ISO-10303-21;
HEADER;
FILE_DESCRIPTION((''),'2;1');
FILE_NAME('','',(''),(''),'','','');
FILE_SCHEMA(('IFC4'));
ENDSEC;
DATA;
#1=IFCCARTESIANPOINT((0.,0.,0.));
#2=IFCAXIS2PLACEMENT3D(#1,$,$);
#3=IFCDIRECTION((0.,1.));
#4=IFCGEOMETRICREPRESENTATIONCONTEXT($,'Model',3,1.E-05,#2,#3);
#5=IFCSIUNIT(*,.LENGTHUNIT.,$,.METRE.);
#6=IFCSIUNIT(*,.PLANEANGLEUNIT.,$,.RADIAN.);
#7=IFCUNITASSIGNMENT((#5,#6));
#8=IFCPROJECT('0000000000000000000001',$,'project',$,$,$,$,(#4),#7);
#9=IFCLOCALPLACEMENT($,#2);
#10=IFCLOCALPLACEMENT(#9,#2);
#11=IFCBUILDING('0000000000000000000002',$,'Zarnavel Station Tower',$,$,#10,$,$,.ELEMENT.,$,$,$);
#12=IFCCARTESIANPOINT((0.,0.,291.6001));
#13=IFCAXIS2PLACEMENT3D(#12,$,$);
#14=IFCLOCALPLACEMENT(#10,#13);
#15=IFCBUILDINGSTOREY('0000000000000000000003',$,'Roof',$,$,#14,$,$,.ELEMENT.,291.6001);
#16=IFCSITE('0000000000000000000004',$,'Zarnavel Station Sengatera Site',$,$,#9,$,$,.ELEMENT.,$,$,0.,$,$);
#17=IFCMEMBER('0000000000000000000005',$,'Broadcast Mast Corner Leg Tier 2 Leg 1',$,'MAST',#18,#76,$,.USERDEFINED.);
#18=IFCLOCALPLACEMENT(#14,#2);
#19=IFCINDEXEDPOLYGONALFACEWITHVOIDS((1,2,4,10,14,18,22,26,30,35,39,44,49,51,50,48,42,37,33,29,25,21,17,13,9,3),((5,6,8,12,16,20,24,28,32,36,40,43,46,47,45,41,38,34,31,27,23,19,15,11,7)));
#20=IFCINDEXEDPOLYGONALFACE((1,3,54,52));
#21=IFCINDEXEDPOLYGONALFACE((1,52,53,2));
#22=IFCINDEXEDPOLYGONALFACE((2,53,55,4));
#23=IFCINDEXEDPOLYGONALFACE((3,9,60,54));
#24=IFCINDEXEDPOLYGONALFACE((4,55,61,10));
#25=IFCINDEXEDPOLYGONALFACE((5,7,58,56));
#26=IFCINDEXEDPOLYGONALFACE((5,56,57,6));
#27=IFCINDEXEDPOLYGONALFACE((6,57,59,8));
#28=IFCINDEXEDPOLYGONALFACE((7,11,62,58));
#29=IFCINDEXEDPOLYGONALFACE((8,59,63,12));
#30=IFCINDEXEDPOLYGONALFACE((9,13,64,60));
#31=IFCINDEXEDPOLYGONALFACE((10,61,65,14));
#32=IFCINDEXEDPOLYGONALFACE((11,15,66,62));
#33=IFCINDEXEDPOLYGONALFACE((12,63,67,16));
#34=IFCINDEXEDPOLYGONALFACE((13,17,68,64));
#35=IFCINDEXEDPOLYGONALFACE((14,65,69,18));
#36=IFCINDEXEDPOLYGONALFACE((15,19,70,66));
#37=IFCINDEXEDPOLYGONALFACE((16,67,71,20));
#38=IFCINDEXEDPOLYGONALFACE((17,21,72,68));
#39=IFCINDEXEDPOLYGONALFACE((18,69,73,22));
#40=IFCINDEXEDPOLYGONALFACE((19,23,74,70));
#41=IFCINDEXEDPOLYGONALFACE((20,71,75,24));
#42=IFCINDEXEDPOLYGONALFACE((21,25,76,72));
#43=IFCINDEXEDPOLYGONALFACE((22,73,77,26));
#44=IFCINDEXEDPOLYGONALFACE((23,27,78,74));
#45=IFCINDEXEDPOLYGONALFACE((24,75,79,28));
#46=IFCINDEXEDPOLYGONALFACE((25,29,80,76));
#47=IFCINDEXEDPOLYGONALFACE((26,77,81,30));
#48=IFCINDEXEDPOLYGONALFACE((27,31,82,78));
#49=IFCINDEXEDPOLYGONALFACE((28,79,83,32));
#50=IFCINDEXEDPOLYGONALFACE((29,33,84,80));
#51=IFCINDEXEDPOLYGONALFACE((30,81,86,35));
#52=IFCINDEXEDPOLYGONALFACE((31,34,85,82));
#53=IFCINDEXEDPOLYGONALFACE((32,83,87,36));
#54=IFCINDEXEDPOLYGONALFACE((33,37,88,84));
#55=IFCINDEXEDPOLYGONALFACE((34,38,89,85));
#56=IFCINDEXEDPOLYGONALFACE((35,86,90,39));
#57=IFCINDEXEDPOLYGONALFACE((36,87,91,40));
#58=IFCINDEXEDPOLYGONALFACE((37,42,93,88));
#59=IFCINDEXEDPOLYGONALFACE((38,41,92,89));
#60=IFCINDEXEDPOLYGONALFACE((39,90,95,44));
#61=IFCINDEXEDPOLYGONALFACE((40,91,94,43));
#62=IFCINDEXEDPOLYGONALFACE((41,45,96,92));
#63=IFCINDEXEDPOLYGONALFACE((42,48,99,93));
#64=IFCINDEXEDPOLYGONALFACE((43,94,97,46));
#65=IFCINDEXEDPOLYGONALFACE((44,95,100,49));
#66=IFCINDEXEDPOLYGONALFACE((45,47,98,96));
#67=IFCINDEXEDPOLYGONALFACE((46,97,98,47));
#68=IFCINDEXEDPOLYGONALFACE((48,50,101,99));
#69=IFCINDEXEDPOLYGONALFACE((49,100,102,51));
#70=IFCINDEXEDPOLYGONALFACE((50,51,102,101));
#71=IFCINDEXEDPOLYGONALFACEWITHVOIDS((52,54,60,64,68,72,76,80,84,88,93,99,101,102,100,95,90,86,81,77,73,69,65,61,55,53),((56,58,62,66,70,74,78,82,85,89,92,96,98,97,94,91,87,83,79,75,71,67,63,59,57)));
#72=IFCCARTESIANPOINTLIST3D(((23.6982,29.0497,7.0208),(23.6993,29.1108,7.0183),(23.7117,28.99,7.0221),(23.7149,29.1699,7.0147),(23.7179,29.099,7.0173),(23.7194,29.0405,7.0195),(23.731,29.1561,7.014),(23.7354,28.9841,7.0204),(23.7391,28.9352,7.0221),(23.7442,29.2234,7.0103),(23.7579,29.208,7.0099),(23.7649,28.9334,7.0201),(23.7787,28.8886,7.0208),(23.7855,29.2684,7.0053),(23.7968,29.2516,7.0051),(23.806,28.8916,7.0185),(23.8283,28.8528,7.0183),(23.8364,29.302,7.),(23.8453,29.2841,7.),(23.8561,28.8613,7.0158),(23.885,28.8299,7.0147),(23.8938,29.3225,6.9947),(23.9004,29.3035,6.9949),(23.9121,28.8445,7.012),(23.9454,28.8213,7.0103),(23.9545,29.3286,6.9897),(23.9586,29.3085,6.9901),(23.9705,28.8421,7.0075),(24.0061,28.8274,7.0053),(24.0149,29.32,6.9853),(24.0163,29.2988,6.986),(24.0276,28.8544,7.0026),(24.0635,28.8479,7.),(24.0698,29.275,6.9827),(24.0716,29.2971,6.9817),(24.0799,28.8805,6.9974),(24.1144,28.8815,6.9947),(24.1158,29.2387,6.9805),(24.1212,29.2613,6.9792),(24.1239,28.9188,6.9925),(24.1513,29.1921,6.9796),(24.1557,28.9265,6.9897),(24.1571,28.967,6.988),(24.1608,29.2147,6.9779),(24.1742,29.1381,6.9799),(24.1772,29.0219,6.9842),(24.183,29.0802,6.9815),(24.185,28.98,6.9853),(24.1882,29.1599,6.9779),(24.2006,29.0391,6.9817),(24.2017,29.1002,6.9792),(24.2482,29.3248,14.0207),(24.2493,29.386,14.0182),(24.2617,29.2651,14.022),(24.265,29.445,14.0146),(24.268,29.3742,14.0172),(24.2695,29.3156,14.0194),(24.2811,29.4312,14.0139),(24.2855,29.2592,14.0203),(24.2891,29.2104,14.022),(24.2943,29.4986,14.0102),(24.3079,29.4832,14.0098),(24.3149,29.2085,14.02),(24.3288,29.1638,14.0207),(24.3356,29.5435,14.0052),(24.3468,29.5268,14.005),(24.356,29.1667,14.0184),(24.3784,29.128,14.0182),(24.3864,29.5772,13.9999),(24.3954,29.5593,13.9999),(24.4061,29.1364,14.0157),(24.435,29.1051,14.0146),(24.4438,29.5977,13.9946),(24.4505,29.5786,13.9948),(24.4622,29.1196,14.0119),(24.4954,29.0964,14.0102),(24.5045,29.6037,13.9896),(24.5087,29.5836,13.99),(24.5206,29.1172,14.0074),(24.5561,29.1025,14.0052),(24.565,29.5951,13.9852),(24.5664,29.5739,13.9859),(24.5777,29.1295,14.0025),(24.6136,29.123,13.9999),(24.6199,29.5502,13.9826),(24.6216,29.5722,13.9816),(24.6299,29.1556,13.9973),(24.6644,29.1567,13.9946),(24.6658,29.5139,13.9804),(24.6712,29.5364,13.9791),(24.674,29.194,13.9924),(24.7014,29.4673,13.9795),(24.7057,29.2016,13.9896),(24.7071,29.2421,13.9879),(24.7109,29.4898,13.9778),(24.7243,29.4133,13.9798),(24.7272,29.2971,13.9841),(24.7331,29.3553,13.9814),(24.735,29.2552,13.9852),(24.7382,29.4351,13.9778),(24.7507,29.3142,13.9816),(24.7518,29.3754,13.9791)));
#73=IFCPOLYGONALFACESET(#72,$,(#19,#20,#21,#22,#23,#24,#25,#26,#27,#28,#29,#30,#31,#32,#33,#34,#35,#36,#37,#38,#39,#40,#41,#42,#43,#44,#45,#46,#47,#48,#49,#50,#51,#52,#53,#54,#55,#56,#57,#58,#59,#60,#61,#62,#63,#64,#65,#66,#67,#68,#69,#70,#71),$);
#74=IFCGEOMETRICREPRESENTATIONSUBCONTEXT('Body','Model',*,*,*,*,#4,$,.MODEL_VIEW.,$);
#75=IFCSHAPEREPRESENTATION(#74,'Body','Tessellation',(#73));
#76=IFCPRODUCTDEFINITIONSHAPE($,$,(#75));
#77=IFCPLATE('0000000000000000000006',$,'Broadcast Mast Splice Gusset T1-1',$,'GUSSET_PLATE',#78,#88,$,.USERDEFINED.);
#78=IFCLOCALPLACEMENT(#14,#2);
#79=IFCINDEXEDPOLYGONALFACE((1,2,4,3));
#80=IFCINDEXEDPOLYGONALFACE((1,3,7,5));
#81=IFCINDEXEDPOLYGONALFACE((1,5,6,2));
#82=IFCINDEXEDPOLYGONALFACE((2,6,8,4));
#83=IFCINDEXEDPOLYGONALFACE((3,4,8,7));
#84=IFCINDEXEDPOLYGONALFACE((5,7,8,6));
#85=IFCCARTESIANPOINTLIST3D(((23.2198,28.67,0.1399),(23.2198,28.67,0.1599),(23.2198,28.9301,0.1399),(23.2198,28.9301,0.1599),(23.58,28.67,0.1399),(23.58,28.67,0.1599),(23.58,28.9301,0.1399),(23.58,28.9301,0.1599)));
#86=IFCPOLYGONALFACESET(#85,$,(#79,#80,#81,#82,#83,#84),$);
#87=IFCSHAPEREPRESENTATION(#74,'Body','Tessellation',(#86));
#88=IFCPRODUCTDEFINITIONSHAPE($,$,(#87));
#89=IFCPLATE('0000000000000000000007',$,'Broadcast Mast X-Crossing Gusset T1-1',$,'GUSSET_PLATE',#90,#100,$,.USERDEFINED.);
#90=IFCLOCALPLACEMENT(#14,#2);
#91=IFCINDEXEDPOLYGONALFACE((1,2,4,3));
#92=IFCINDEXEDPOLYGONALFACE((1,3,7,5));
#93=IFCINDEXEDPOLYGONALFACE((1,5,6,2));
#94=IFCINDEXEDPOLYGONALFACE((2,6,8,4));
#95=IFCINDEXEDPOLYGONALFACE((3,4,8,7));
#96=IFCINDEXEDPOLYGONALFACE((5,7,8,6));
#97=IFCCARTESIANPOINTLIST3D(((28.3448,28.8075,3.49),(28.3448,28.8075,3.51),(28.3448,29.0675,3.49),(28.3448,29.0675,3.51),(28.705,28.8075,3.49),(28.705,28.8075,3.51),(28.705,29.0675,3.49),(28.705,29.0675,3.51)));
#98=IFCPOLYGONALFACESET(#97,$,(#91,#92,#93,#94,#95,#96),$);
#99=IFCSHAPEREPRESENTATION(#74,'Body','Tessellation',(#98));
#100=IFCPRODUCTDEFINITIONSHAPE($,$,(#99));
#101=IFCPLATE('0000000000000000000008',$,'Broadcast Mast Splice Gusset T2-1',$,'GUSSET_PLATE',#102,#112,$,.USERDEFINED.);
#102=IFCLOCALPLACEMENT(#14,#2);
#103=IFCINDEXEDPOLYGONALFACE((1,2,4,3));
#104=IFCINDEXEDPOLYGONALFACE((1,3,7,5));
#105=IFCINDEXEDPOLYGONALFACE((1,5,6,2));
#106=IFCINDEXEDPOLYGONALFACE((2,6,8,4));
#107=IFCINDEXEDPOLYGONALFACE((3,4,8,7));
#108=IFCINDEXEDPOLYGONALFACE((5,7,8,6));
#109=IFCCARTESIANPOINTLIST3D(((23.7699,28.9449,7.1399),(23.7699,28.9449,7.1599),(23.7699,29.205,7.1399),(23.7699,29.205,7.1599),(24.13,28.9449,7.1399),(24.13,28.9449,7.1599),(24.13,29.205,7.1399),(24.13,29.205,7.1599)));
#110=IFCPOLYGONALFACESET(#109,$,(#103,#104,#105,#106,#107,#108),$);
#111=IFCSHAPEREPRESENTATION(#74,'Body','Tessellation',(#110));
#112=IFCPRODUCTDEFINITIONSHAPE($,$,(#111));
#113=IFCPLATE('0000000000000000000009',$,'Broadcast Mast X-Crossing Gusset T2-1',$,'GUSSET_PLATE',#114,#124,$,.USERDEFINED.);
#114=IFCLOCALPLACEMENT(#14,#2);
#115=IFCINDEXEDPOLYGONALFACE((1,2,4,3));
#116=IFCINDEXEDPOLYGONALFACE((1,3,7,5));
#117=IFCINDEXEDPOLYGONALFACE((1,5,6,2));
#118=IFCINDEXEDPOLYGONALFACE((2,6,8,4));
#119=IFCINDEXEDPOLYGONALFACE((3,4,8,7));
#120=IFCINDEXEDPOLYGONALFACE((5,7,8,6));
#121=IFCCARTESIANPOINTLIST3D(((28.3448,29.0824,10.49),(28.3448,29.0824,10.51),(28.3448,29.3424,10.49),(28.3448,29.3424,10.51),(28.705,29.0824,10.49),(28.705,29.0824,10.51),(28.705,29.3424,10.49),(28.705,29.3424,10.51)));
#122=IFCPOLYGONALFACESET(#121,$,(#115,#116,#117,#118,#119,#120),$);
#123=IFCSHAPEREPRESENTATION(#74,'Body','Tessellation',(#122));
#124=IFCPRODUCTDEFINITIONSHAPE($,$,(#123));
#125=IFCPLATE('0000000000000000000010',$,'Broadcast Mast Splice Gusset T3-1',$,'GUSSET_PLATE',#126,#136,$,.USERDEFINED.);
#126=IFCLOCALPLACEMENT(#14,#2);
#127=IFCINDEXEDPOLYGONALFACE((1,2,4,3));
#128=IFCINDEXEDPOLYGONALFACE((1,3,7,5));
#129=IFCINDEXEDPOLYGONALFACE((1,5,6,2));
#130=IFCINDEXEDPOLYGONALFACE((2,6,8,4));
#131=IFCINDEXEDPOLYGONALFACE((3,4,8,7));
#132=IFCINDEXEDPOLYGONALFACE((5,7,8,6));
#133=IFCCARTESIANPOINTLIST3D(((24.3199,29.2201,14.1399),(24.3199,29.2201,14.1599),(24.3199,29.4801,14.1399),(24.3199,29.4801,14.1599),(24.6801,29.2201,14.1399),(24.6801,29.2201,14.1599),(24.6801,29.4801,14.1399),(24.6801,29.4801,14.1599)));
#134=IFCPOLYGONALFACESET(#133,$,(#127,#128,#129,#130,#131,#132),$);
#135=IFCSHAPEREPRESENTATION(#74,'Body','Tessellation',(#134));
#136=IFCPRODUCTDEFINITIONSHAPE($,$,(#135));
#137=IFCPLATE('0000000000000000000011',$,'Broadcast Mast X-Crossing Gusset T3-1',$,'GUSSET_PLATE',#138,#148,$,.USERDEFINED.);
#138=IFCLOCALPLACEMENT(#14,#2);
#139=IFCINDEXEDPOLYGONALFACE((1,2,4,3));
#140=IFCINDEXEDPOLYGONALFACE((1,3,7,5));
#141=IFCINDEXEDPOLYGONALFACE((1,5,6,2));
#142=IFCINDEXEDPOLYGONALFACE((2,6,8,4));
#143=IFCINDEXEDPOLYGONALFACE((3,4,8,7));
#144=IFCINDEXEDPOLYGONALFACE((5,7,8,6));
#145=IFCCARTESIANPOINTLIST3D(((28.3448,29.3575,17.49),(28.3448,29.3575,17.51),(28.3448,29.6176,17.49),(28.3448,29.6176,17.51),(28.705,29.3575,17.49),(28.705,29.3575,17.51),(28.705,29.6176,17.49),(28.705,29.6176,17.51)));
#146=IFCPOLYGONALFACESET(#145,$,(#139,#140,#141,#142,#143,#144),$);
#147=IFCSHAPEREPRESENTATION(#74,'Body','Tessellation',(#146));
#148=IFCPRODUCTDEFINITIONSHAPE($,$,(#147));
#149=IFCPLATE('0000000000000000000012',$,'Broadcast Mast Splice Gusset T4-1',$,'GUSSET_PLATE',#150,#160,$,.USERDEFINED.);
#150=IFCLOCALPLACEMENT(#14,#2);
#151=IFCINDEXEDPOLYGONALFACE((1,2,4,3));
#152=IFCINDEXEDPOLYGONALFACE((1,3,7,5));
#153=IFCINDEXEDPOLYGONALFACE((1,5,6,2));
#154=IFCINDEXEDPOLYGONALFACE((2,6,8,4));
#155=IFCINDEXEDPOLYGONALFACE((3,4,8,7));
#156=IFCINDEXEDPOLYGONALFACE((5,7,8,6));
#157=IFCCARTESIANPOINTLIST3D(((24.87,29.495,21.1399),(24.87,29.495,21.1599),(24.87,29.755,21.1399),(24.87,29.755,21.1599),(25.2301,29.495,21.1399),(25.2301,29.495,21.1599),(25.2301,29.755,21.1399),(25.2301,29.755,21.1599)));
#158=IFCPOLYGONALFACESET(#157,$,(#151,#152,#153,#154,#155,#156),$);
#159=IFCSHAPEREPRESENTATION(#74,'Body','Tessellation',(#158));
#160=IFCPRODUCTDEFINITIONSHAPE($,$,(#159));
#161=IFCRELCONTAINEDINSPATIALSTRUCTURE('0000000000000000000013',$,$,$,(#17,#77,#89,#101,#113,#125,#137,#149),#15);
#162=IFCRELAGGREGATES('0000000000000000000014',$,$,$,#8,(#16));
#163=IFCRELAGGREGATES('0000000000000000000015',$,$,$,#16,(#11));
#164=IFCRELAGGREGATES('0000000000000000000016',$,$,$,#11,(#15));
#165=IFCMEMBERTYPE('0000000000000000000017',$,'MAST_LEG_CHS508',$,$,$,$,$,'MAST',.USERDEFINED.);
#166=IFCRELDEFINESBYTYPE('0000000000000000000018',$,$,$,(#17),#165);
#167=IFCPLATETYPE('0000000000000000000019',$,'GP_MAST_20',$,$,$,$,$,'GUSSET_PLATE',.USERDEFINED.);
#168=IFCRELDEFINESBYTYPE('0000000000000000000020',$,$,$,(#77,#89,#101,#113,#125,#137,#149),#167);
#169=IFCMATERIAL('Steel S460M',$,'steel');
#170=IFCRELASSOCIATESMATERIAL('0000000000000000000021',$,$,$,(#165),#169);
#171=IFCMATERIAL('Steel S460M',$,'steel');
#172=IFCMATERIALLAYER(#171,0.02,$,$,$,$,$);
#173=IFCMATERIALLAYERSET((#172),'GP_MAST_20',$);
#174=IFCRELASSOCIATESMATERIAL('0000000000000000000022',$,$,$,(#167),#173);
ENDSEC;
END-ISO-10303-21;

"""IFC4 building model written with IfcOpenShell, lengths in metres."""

from ifc_helpers import new_model, si_unit, direction, frame, origin, origin_2d, place, context, subcontext, project, spatial, rectangle, hollow_circle, extrude, material, layer, layer_set, material_profile, profile_set, type_object, element, save


model = new_model("IFC4")

# Units and contexts
model_context = context("Model", 3, precision=1e-05, world=origin(), true_north=direction((0.0, 1.0)))
body_context = subcontext(model_context, "Body", "Model", "MODEL_VIEW")
ifc_project = project(units=[si_unit("LENGTHUNIT", "METRE"), si_unit("PLANEANGLEUNIT", "RADIAN")], contexts=[model_context])

# Site, building, storey
site_placement = place(None, origin())
site = spatial("IfcSite", under=ifc_project, at=site_placement, Name="Zarnavel Station Sengatera Site", CompositionType="ELEMENT", RefElevation=0.0)
building_placement = place(site_placement, origin())
building = spatial("IfcBuilding", under=site, at=building_placement, Name="Zarnavel Station Tower", CompositionType="ELEMENT")
storey_placement = place(building_placement, frame((0.0, 0.0, 291.6001)))
storey = spatial("IfcBuildingStorey", under=building, at=storey_placement, Name="Roof", CompositionType="ELEMENT", Elevation=291.6001)

# Member
ifc_material_1 = material(Name="Steel S460M", Category="steel")
ifc_material_profile_1 = material_profile(ifc_material_1, hollow_circle(Radius=0.2539, WallThickness=0.02, at=origin_2d()), Name="CHS508x20")
ifc_profile_set_1 = profile_set([ifc_material_profile_1], Name="Steel S460M")
member_type_1 = type_object("IfcMemberType", Name="MAST_LEG_CHS508", ElementType="MAST", PredefinedType="USERDEFINED", material=ifc_profile_set_1)
for number, where, z_axis, x_axis, name in (
    (1, (23.95, 29.075, 7.0), (0.078277, 0.039156, 0.996162), (-0.447372, 0.894348, 0.0), "Broadcast Mast Corner Leg Tier 2 Leg 1"),
):
    element("IfcMember", number, at=place(storey_placement, frame(where, z_axis=z_axis, x_axis=x_axis)), inside=storey, type_object=member_type_1, Name=name, ObjectType="MAST", PredefinedType="USERDEFINED", context=body_context, shape_type="SweptSolid", body=[
        extrude(hollow_circle(Radius=0.2539, WallThickness=0.02, at=origin_2d()), origin(), (0.0, 0.0, 1.0), 7.0269),
    ])

# Plates
ifc_material_2 = material(Name="Steel S460M", Category="steel")
ifc_layer_1 = layer(ifc_material_2, 0.02)
ifc_layer_set_1 = layer_set([ifc_layer_1], Name="GP_MAST_20")
plate_type = type_object("IfcPlateType", Name="GP_MAST_20", ElementType="GUSSET_PLATE", PredefinedType="USERDEFINED", material=ifc_layer_set_1)
for number, where, z_axis, x_axis, name in (
    (2, (23.3999, 28.8, 0.1399), (0.0, 0.0, 1.0), (1.0, 0.0, 0.0), "Broadcast Mast Splice Gusset T1-1"),
    (3, (28.5249, 28.9375, 3.49), (0.0, 0.0, 1.0), (1.0, 0.0, 0.0), "Broadcast Mast X-Crossing Gusset T1-1"),
    (4, (23.95, 29.075, 7.1399), (0.0, 0.0, 1.0), (1.0, 0.0, 0.0), "Broadcast Mast Splice Gusset T2-1"),
    (5, (28.5249, 29.2124, 10.49), (0.0, 0.0, 1.0), (1.0, 0.0, 0.0), "Broadcast Mast X-Crossing Gusset T2-1"),
    (6, (24.5, 29.3501, 14.1399), (0.0, 0.0, 1.0), (1.0, 0.0, 0.0), "Broadcast Mast Splice Gusset T3-1"),
    (7, (28.5249, 29.4875, 17.49), (0.0, 0.0, 1.0), (1.0, 0.0, 0.0), "Broadcast Mast X-Crossing Gusset T3-1"),
    (8, (25.05, 29.625, 21.1399), (0.0, 0.0, 1.0), (1.0, 0.0, 0.0), "Broadcast Mast Splice Gusset T4-1"),
):
    element("IfcPlate", number, at=place(storey_placement, frame(where, z_axis=z_axis, x_axis=x_axis)), inside=storey, type_object=plate_type, Name=name, ObjectType="GUSSET_PLATE", PredefinedType="USERDEFINED", context=body_context, shape_type="SweptSolid", body=[
        extrude(rectangle(XDim=0.3601, YDim=0.26, at=origin_2d()), origin(), (0.0, 0.0, 1.0), 0.02),
    ])

save(model, "model.ifc")
